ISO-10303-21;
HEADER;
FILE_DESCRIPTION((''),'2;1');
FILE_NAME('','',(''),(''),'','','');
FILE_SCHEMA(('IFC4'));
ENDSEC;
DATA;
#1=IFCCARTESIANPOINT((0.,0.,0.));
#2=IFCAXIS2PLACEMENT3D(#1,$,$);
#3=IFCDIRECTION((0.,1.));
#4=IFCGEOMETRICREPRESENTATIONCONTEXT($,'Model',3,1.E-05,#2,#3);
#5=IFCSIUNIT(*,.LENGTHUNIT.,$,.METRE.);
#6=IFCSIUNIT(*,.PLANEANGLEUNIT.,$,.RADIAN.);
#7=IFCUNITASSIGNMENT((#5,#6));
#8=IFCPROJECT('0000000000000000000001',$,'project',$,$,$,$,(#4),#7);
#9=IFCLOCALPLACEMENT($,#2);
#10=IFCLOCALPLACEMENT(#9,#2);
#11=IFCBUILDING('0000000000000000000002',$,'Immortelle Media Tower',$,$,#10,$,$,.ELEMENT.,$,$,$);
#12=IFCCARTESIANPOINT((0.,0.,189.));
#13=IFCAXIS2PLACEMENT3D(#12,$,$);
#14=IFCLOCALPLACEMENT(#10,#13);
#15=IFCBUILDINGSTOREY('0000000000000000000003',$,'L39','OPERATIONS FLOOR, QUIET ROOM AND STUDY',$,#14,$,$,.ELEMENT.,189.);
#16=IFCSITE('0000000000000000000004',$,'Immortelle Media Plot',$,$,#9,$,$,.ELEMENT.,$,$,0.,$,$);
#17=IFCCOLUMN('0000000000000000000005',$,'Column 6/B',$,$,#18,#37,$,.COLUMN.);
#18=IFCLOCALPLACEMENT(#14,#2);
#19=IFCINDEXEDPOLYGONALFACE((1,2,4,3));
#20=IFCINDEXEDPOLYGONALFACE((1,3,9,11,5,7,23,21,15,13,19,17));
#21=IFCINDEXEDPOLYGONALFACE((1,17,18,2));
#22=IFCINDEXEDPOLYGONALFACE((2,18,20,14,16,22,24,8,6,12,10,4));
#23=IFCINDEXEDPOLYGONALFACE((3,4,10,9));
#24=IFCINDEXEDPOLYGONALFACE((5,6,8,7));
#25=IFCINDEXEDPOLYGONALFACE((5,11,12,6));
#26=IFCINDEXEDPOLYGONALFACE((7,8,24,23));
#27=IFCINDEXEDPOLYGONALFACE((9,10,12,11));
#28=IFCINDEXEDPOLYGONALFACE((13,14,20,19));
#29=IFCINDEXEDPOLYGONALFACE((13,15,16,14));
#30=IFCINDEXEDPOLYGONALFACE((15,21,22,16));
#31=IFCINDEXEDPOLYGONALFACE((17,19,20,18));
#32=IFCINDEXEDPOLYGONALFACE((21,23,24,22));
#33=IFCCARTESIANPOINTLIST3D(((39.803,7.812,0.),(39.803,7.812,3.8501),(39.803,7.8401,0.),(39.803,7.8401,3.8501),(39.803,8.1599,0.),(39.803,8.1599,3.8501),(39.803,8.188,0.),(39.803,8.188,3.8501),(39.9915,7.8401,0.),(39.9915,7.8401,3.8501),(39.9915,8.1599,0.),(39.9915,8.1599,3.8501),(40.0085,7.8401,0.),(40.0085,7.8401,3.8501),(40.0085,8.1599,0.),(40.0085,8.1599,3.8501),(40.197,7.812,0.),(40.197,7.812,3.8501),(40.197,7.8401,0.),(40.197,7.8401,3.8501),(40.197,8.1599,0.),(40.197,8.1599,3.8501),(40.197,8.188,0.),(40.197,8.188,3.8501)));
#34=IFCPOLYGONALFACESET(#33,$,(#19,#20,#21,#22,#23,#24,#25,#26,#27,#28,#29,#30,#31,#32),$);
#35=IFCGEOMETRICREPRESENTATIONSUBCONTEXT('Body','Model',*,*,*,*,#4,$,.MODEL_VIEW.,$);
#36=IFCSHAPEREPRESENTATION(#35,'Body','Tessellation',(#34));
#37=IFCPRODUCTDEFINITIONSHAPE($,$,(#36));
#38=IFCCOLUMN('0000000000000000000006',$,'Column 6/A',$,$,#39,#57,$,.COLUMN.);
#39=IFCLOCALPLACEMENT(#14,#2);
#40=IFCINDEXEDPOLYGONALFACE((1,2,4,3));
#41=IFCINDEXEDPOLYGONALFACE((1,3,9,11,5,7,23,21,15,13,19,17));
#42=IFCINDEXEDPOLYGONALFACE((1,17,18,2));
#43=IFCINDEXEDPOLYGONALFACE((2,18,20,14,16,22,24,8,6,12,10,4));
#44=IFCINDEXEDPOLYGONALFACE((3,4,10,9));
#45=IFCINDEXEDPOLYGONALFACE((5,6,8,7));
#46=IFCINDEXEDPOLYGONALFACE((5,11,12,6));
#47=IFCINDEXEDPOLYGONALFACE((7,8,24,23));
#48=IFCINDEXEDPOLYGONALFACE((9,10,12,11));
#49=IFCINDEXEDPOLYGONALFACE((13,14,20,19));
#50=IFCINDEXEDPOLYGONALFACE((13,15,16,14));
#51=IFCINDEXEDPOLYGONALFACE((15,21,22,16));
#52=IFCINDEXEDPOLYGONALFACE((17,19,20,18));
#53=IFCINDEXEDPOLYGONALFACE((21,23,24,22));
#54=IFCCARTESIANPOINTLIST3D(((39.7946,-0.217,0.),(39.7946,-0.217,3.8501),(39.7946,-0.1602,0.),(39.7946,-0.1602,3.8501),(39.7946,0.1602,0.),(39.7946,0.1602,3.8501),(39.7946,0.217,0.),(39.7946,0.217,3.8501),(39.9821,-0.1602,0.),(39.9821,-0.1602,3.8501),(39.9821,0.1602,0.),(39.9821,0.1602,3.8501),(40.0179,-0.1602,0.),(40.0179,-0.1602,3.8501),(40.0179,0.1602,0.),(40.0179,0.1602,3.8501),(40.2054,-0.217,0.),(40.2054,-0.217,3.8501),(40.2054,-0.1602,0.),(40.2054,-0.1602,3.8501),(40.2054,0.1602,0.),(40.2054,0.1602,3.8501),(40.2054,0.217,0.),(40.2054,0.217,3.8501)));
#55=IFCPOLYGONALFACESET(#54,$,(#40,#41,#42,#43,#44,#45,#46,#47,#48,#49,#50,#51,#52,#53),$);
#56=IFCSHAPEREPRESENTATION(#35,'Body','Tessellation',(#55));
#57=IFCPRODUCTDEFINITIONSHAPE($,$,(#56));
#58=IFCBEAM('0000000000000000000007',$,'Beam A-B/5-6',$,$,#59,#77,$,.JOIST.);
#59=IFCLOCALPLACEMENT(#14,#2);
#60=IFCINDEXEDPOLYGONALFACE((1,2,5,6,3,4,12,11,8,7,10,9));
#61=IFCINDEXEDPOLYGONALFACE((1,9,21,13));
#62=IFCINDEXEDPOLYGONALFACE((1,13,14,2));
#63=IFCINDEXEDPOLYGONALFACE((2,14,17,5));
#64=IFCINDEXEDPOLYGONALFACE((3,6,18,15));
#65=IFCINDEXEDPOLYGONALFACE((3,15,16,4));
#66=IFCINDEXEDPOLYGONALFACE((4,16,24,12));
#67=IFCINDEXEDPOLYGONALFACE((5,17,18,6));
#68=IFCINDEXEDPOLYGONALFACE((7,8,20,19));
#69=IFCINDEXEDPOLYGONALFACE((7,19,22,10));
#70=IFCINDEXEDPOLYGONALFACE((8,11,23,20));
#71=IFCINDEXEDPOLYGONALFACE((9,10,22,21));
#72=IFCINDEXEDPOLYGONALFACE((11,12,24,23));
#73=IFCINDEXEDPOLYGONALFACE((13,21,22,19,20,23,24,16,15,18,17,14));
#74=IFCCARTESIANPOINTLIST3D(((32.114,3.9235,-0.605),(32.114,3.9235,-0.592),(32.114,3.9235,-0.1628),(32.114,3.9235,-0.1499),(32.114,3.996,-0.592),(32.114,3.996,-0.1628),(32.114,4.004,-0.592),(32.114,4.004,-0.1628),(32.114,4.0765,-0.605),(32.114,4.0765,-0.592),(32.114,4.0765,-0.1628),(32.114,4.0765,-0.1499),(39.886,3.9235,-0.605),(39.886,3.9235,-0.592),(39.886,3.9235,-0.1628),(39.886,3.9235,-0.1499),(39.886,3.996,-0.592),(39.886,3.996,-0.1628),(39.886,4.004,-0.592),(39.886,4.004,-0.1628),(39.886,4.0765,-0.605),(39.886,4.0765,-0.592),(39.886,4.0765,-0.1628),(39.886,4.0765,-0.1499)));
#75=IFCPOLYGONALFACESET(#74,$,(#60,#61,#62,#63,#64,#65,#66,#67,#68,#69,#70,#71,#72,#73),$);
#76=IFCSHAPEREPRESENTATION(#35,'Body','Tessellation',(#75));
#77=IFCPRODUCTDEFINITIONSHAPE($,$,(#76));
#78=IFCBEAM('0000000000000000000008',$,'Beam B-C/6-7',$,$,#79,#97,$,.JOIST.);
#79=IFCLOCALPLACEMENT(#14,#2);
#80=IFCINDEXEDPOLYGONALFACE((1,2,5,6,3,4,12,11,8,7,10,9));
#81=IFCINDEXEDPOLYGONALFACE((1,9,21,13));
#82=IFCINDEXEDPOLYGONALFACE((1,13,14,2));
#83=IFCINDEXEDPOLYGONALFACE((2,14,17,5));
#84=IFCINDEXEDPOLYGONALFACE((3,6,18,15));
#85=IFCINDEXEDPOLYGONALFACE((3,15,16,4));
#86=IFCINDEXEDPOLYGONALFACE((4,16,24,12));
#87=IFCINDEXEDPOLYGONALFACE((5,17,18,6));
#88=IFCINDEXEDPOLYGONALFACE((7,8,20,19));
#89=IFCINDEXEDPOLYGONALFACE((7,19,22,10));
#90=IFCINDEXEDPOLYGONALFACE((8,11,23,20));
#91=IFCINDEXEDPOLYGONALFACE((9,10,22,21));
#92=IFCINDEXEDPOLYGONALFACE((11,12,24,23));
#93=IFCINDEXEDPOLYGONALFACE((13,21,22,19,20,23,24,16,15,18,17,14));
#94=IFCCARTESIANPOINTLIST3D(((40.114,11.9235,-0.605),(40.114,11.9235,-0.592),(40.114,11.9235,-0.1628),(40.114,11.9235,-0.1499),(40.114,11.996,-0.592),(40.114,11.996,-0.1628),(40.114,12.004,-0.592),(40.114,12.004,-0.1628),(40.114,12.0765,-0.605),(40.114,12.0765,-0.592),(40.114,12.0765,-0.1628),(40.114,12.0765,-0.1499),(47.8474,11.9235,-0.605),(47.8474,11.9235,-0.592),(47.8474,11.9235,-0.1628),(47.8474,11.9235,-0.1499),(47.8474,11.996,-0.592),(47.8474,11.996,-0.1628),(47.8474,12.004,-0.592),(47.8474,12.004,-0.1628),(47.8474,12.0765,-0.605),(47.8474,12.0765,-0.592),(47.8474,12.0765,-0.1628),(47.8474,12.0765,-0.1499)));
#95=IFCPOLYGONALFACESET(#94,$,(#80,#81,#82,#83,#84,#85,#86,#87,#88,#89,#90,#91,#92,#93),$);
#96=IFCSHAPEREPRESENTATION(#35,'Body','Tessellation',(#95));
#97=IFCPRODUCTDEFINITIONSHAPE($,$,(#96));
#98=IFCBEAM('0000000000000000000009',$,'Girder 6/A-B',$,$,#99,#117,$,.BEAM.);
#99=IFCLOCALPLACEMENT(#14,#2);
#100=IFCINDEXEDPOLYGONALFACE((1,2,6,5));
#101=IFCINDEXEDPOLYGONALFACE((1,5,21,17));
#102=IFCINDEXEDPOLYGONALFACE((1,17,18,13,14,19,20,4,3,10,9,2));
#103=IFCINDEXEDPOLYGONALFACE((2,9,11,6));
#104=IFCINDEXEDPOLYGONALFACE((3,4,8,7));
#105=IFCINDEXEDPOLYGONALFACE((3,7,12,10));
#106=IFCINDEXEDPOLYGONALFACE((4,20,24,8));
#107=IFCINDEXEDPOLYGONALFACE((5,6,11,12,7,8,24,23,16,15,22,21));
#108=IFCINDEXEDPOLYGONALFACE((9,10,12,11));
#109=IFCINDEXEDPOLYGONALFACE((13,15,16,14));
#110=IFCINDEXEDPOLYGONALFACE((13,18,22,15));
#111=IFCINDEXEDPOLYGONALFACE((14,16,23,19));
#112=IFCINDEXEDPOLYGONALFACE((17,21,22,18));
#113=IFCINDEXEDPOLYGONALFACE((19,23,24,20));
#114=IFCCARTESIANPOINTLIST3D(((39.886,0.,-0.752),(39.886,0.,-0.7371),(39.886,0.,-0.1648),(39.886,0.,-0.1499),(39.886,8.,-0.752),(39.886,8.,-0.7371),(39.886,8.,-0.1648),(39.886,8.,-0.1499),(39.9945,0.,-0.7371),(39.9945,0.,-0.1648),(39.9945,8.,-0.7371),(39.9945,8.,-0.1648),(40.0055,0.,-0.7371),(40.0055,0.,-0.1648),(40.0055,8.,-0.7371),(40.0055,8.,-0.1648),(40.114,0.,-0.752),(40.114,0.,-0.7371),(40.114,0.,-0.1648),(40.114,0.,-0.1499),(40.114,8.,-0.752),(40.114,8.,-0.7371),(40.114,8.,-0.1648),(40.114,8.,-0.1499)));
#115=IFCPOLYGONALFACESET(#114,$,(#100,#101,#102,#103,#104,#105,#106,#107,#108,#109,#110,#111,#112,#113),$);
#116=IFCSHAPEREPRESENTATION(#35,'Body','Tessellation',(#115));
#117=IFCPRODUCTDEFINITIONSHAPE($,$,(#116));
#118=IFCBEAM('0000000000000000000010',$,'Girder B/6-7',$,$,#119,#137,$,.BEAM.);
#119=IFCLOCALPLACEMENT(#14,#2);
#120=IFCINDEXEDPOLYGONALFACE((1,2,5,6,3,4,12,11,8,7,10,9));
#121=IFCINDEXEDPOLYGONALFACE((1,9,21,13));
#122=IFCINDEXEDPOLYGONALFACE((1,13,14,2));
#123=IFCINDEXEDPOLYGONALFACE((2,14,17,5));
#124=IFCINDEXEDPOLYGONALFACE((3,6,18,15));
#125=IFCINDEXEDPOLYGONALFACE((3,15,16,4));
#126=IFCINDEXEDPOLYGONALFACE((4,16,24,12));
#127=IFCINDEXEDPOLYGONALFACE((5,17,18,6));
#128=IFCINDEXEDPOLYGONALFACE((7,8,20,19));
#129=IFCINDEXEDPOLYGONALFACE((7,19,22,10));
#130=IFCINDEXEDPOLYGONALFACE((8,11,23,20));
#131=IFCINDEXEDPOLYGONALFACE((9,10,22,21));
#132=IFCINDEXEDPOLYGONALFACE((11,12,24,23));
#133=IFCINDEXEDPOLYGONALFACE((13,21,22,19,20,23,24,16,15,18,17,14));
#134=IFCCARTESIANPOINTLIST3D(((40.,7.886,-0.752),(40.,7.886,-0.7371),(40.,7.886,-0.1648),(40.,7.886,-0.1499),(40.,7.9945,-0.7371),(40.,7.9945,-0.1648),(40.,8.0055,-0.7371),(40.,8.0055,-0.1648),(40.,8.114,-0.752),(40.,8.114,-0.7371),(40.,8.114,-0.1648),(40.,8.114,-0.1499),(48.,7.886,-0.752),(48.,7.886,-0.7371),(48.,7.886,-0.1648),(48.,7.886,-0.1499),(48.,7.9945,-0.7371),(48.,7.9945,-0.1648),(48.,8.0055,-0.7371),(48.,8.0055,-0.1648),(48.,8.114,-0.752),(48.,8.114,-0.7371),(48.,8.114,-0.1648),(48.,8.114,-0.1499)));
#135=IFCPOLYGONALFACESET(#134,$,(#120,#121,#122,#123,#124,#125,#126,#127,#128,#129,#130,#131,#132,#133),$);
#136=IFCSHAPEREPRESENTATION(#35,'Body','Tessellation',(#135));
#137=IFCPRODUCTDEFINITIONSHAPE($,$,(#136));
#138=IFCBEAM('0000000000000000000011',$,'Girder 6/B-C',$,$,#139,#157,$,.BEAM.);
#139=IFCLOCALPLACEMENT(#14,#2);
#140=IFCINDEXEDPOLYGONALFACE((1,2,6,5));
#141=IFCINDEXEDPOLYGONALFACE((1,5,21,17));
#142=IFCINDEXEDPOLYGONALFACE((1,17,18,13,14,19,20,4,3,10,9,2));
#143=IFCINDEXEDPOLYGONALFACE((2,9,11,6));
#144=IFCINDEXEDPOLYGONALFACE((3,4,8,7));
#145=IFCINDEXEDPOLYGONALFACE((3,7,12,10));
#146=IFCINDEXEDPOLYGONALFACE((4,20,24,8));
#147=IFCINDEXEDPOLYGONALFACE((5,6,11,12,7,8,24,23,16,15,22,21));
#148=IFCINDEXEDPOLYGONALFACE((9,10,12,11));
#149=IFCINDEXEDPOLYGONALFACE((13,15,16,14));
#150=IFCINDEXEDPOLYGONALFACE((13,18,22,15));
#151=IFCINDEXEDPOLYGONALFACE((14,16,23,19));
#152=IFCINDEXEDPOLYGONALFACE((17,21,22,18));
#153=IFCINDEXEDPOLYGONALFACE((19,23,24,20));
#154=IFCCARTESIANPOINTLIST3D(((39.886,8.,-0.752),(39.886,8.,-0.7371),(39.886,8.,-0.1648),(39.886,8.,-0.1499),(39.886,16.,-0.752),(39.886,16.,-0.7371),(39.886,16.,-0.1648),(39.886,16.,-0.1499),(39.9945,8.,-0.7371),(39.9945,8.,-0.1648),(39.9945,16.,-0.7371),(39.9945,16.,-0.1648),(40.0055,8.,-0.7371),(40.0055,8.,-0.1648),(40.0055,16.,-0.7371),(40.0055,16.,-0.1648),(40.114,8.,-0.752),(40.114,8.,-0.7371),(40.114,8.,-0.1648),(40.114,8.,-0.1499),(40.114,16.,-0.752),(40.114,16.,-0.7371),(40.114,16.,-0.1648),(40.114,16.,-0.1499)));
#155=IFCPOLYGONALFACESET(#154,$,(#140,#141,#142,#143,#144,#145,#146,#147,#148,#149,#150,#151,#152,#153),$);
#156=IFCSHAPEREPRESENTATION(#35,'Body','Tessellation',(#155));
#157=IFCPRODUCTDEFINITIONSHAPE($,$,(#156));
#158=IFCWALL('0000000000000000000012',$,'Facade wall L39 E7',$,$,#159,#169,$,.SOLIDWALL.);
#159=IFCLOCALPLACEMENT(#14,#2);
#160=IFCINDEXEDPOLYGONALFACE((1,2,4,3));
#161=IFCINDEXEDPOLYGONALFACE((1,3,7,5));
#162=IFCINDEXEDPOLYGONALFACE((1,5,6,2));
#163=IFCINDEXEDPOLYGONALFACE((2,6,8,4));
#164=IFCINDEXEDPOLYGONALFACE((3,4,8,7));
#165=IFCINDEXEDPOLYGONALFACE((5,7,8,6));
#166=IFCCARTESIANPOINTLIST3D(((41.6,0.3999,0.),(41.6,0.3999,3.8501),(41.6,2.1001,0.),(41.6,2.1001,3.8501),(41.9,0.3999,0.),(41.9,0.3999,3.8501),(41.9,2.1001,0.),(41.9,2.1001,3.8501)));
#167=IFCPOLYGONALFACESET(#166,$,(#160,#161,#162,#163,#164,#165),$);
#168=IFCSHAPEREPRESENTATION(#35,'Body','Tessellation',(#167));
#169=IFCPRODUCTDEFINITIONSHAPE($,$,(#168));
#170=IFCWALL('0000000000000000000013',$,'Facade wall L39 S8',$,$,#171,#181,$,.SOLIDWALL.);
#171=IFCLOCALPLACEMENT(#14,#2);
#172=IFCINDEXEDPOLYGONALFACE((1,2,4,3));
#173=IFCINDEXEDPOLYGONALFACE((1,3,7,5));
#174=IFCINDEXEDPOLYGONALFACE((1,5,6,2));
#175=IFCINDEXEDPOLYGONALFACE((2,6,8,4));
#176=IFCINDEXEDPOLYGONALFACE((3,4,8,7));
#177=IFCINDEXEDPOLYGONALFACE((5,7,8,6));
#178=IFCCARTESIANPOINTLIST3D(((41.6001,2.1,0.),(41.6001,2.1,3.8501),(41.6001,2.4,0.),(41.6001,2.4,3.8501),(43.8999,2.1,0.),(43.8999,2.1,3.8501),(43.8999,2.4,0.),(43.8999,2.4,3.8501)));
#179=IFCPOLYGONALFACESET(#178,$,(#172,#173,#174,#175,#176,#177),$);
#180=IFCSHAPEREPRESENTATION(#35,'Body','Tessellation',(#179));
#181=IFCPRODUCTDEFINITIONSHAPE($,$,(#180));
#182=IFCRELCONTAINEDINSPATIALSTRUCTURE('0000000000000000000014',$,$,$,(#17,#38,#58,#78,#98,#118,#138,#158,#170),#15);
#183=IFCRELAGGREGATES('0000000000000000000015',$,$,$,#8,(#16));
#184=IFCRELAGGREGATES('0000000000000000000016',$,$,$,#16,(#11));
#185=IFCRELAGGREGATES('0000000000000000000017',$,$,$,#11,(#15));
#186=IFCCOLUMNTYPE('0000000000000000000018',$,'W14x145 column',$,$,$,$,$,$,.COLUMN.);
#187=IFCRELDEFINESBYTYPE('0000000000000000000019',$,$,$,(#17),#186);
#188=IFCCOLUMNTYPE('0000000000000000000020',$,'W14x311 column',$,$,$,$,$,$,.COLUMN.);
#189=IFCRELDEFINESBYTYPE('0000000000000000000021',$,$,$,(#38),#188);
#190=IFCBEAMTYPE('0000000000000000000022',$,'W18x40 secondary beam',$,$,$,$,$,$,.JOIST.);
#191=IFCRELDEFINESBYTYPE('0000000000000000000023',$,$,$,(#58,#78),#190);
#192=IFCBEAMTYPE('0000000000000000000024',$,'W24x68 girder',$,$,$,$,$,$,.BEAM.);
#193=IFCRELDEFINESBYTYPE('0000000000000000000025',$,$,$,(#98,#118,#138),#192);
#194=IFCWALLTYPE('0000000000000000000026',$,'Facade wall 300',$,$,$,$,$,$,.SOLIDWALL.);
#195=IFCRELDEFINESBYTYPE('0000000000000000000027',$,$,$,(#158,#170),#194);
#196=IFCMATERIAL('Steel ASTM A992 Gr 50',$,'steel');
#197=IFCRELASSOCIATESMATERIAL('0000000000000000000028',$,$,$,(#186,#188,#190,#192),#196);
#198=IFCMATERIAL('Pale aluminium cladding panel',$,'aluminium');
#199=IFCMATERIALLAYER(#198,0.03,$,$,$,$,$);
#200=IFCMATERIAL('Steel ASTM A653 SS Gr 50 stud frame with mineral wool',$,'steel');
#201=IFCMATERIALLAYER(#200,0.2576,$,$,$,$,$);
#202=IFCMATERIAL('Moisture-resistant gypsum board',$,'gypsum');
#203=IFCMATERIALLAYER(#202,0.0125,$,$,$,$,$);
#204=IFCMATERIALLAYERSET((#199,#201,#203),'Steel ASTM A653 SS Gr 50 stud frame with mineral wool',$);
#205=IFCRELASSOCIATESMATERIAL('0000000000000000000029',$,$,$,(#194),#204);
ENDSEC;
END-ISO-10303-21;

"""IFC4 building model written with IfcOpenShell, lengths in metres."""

from ifc_helpers import new_model, si_unit, direction, frame, frame_2d, origin, origin_2d, place, context, subcontext, project, spatial, rectangle, i_section, extrude, material, layer, layer_set, material_profile, profile_set, type_object, element, save


model = new_model("IFC4")

# Units and contexts
model_context = context("Model", 3, precision=1e-05, world=origin(), true_north=direction((0.0, 1.0)))
body_context = subcontext(model_context, "Body", "Model", "MODEL_VIEW")
ifc_project = project(units=[si_unit("LENGTHUNIT", "METRE"), si_unit("PLANEANGLEUNIT", "RADIAN")], contexts=[model_context])

# Site, building, storey
site_placement = place(None, origin())
site = spatial("IfcSite", under=ifc_project, at=site_placement, Name="Immortelle Media Plot", CompositionType="ELEMENT", RefElevation=0.0)
building_placement = place(site_placement, origin())
building = spatial("IfcBuilding", under=site, at=building_placement, Name="Immortelle Media Tower", CompositionType="ELEMENT")
storey_placement = place(building_placement, frame((0.0, 0.0, 189.0)))
storey = spatial("IfcBuildingStorey", under=building, at=storey_placement, Name="L39", Description="OPERATIONS FLOOR, QUIET ROOM AND STUDY", CompositionType="ELEMENT", Elevation=189.0)

# Columns
ifc_material_1 = material(Name="Steel ASTM A992 Gr 50", Category="steel")
ifc_material_profile_1 = material_profile(ifc_material_1, i_section(OverallWidth=0.394, OverallDepth=0.376, WebThickness=0.0171, FlangeThickness=0.0281, at=origin_2d()), Name="W14x145")
ifc_profile_set_1 = profile_set([ifc_material_profile_1], Name="Steel ASTM A992 Gr 50")
column_type_1 = type_object("IfcColumnType", Name="W14x145 column", PredefinedType="COLUMN", material=ifc_profile_set_1)
column_1_placement = place(storey_placement, frame((40.0, 8.0, 0.0), z_axis=(0.0, 0.0, 1.0), x_axis=(1.0, 0.0, 0.0)))
element("IfcColumn", 1, at=column_1_placement, inside=storey, type_object=column_type_1, Name="Column 6/B", PredefinedType="COLUMN", context=body_context, shape_type="SweptSolid", body=[
    extrude(i_section(OverallWidth=0.394, OverallDepth=0.376, WebThickness=0.0171, FlangeThickness=0.0281, at=origin_2d()), origin(), (0.0, 0.0, 1.0), 3.8501),
])
ifc_material_profile_2 = material_profile(ifc_material_1, i_section(OverallWidth=0.4109, OverallDepth=0.4341, WebThickness=0.0359, FlangeThickness=0.0569, at=origin_2d()), Name="W14x311")
ifc_profile_set_2 = profile_set([ifc_material_profile_2], Name="Steel ASTM A992 Gr 50")
column_type_2 = type_object("IfcColumnType", Name="W14x311 column", PredefinedType="COLUMN", material=ifc_profile_set_2)
column_2_placement = place(storey_placement, frame((40.0, 0.0, 0.0), z_axis=(0.0, 0.0, 1.0), x_axis=(1.0, 0.0, 0.0)))
element("IfcColumn", 2, at=column_2_placement, inside=storey, type_object=column_type_2, Name="Column 6/A", PredefinedType="COLUMN", context=body_context, shape_type="SweptSolid", body=[
    extrude(i_section(OverallWidth=0.4109, OverallDepth=0.4341, WebThickness=0.0359, FlangeThickness=0.0569, at=origin_2d()), origin(), (0.0, 0.0, 1.0), 3.8501),
])

# Beams
ifc_material_profile_3 = material_profile(ifc_material_1, i_section(OverallWidth=0.1531, OverallDepth=0.4551, WebThickness=0.0081, FlangeThickness=0.0129, at=origin_2d()), Name="W18x40")
ifc_profile_set_3 = profile_set([ifc_material_profile_3], Name="Steel ASTM A992 Gr 50")
beam_type_1 = type_object("IfcBeamType", Name="W18x40 secondary beam", PredefinedType="JOIST", material=ifc_profile_set_3)
beam_1_placement = place(storey_placement, frame((32.114, 4.0, -0.3774), z_axis=(1.0, 0.0, 0.0), x_axis=(0.0, 1.0, 0.0)))
element("IfcBeam", 3, at=beam_1_placement, inside=storey, type_object=beam_type_1, Name="Beam A-B/5-6", PredefinedType="JOIST", context=body_context, shape_type="SweptSolid", body=[
    extrude(i_section(OverallWidth=0.1531, OverallDepth=0.4551, WebThickness=0.0081, FlangeThickness=0.0129, at=origin_2d()), origin(), (0.0, 0.0, 1.0), 7.772),
])
beam_2_placement = place(storey_placement, frame((40.114, 12.0, -0.3774), z_axis=(1.0, 0.0, 0.0), x_axis=(0.0, 1.0, 0.0)))
element("IfcBeam", 4, at=beam_2_placement, inside=storey, type_object=beam_type_1, Name="Beam B-C/6-7", PredefinedType="JOIST", context=body_context, shape_type="SweptSolid", body=[
    extrude(i_section(OverallWidth=0.1531, OverallDepth=0.4551, WebThickness=0.0081, FlangeThickness=0.0129, at=origin_2d()), origin(), (0.0, 0.0, 1.0), 7.7334),
])
ifc_material_profile_4 = material_profile(ifc_material_1, i_section(OverallWidth=0.228, OverallDepth=0.6021, WebThickness=0.011, FlangeThickness=0.0149, at=origin_2d()), Name="W24x68")
ifc_profile_set_4 = profile_set([ifc_material_profile_4], Name="Steel ASTM A992 Gr 50")
beam_type_2 = type_object("IfcBeamType", Name="W24x68 girder", PredefinedType="BEAM", material=ifc_profile_set_4)
for number, where, z_axis, x_axis, name in (
    (5, (40.0, 0.0, -0.4509), (0.0, 1.0, 0.0), (-1.0, 0.0, 0.0), "Girder 6/A-B"),
    (6, (40.0, 8.0, -0.4509), (1.0, 0.0, 0.0), (0.0, 1.0, 0.0), "Girder B/6-7"),
    (7, (40.0, 8.0, -0.4509), (0.0, 1.0, 0.0), (-1.0, 0.0, 0.0), "Girder 6/B-C"),
):
    element("IfcBeam", number, at=place(storey_placement, frame(where, z_axis=z_axis, x_axis=x_axis)), inside=storey, type_object=beam_type_2, Name=name, PredefinedType="BEAM", context=body_context, shape_type="SweptSolid", body=[
        extrude(i_section(OverallWidth=0.228, OverallDepth=0.6021, WebThickness=0.011, FlangeThickness=0.0149, at=origin_2d()), origin(), (0.0, 0.0, 1.0), 8.0),
    ])

# Walls
ifc_material_2 = material(Name="Pale aluminium cladding panel", Category="aluminium")
ifc_layer_1 = layer(ifc_material_2, 0.03)
ifc_material_3 = material(Name="Steel ASTM A653 SS Gr 50 stud frame with mineral wool", Category="steel")
ifc_layer_2 = layer(ifc_material_3, 0.2576)
ifc_material_4 = material(Name="Moisture-resistant gypsum board", Category="gypsum")
ifc_layer_3 = layer(ifc_material_4, 0.0125)
ifc_layer_set_1 = layer_set([ifc_layer_1, ifc_layer_2, ifc_layer_3], Name="Steel ASTM A653 SS Gr 50 stud frame with mineral wool")
wall_type_1 = type_object("IfcWallType", Name="Facade wall 300", PredefinedType="SOLIDWALL", material=ifc_layer_set_1)
wall_1_placement = place(storey_placement, frame((41.75, 0.3999, 0.0), z_axis=(0.0, 0.0, 1.0), x_axis=(0.0, 1.0, 0.0)))
element("IfcWall", 8, at=wall_1_placement, inside=storey, type_object=wall_type_1, Name="Facade wall L39 E7", PredefinedType="SOLIDWALL", context=body_context, shape_type="SweptSolid", body=[
    extrude(rectangle(XDim=1.7002, YDim=0.3, at=frame_2d((0.8501, 0.0))), origin(), (0.0, 0.0, 1.0), 3.8501),
])
wall_2_placement = place(storey_placement, frame((41.6001, 2.25, 0.0), z_axis=(0.0, 0.0, 1.0), x_axis=(1.0, 0.0, 0.0)))
element("IfcWall", 9, at=wall_2_placement, inside=storey, type_object=wall_type_1, Name="Facade wall L39 S8", PredefinedType="SOLIDWALL", context=body_context, shape_type="SweptSolid", body=[
    extrude(rectangle(XDim=2.2998, YDim=0.3, at=frame_2d((1.1499, 0.0))), origin(), (0.0, 0.0, 1.0), 3.8501),
])

save(model, "model.ifc")
